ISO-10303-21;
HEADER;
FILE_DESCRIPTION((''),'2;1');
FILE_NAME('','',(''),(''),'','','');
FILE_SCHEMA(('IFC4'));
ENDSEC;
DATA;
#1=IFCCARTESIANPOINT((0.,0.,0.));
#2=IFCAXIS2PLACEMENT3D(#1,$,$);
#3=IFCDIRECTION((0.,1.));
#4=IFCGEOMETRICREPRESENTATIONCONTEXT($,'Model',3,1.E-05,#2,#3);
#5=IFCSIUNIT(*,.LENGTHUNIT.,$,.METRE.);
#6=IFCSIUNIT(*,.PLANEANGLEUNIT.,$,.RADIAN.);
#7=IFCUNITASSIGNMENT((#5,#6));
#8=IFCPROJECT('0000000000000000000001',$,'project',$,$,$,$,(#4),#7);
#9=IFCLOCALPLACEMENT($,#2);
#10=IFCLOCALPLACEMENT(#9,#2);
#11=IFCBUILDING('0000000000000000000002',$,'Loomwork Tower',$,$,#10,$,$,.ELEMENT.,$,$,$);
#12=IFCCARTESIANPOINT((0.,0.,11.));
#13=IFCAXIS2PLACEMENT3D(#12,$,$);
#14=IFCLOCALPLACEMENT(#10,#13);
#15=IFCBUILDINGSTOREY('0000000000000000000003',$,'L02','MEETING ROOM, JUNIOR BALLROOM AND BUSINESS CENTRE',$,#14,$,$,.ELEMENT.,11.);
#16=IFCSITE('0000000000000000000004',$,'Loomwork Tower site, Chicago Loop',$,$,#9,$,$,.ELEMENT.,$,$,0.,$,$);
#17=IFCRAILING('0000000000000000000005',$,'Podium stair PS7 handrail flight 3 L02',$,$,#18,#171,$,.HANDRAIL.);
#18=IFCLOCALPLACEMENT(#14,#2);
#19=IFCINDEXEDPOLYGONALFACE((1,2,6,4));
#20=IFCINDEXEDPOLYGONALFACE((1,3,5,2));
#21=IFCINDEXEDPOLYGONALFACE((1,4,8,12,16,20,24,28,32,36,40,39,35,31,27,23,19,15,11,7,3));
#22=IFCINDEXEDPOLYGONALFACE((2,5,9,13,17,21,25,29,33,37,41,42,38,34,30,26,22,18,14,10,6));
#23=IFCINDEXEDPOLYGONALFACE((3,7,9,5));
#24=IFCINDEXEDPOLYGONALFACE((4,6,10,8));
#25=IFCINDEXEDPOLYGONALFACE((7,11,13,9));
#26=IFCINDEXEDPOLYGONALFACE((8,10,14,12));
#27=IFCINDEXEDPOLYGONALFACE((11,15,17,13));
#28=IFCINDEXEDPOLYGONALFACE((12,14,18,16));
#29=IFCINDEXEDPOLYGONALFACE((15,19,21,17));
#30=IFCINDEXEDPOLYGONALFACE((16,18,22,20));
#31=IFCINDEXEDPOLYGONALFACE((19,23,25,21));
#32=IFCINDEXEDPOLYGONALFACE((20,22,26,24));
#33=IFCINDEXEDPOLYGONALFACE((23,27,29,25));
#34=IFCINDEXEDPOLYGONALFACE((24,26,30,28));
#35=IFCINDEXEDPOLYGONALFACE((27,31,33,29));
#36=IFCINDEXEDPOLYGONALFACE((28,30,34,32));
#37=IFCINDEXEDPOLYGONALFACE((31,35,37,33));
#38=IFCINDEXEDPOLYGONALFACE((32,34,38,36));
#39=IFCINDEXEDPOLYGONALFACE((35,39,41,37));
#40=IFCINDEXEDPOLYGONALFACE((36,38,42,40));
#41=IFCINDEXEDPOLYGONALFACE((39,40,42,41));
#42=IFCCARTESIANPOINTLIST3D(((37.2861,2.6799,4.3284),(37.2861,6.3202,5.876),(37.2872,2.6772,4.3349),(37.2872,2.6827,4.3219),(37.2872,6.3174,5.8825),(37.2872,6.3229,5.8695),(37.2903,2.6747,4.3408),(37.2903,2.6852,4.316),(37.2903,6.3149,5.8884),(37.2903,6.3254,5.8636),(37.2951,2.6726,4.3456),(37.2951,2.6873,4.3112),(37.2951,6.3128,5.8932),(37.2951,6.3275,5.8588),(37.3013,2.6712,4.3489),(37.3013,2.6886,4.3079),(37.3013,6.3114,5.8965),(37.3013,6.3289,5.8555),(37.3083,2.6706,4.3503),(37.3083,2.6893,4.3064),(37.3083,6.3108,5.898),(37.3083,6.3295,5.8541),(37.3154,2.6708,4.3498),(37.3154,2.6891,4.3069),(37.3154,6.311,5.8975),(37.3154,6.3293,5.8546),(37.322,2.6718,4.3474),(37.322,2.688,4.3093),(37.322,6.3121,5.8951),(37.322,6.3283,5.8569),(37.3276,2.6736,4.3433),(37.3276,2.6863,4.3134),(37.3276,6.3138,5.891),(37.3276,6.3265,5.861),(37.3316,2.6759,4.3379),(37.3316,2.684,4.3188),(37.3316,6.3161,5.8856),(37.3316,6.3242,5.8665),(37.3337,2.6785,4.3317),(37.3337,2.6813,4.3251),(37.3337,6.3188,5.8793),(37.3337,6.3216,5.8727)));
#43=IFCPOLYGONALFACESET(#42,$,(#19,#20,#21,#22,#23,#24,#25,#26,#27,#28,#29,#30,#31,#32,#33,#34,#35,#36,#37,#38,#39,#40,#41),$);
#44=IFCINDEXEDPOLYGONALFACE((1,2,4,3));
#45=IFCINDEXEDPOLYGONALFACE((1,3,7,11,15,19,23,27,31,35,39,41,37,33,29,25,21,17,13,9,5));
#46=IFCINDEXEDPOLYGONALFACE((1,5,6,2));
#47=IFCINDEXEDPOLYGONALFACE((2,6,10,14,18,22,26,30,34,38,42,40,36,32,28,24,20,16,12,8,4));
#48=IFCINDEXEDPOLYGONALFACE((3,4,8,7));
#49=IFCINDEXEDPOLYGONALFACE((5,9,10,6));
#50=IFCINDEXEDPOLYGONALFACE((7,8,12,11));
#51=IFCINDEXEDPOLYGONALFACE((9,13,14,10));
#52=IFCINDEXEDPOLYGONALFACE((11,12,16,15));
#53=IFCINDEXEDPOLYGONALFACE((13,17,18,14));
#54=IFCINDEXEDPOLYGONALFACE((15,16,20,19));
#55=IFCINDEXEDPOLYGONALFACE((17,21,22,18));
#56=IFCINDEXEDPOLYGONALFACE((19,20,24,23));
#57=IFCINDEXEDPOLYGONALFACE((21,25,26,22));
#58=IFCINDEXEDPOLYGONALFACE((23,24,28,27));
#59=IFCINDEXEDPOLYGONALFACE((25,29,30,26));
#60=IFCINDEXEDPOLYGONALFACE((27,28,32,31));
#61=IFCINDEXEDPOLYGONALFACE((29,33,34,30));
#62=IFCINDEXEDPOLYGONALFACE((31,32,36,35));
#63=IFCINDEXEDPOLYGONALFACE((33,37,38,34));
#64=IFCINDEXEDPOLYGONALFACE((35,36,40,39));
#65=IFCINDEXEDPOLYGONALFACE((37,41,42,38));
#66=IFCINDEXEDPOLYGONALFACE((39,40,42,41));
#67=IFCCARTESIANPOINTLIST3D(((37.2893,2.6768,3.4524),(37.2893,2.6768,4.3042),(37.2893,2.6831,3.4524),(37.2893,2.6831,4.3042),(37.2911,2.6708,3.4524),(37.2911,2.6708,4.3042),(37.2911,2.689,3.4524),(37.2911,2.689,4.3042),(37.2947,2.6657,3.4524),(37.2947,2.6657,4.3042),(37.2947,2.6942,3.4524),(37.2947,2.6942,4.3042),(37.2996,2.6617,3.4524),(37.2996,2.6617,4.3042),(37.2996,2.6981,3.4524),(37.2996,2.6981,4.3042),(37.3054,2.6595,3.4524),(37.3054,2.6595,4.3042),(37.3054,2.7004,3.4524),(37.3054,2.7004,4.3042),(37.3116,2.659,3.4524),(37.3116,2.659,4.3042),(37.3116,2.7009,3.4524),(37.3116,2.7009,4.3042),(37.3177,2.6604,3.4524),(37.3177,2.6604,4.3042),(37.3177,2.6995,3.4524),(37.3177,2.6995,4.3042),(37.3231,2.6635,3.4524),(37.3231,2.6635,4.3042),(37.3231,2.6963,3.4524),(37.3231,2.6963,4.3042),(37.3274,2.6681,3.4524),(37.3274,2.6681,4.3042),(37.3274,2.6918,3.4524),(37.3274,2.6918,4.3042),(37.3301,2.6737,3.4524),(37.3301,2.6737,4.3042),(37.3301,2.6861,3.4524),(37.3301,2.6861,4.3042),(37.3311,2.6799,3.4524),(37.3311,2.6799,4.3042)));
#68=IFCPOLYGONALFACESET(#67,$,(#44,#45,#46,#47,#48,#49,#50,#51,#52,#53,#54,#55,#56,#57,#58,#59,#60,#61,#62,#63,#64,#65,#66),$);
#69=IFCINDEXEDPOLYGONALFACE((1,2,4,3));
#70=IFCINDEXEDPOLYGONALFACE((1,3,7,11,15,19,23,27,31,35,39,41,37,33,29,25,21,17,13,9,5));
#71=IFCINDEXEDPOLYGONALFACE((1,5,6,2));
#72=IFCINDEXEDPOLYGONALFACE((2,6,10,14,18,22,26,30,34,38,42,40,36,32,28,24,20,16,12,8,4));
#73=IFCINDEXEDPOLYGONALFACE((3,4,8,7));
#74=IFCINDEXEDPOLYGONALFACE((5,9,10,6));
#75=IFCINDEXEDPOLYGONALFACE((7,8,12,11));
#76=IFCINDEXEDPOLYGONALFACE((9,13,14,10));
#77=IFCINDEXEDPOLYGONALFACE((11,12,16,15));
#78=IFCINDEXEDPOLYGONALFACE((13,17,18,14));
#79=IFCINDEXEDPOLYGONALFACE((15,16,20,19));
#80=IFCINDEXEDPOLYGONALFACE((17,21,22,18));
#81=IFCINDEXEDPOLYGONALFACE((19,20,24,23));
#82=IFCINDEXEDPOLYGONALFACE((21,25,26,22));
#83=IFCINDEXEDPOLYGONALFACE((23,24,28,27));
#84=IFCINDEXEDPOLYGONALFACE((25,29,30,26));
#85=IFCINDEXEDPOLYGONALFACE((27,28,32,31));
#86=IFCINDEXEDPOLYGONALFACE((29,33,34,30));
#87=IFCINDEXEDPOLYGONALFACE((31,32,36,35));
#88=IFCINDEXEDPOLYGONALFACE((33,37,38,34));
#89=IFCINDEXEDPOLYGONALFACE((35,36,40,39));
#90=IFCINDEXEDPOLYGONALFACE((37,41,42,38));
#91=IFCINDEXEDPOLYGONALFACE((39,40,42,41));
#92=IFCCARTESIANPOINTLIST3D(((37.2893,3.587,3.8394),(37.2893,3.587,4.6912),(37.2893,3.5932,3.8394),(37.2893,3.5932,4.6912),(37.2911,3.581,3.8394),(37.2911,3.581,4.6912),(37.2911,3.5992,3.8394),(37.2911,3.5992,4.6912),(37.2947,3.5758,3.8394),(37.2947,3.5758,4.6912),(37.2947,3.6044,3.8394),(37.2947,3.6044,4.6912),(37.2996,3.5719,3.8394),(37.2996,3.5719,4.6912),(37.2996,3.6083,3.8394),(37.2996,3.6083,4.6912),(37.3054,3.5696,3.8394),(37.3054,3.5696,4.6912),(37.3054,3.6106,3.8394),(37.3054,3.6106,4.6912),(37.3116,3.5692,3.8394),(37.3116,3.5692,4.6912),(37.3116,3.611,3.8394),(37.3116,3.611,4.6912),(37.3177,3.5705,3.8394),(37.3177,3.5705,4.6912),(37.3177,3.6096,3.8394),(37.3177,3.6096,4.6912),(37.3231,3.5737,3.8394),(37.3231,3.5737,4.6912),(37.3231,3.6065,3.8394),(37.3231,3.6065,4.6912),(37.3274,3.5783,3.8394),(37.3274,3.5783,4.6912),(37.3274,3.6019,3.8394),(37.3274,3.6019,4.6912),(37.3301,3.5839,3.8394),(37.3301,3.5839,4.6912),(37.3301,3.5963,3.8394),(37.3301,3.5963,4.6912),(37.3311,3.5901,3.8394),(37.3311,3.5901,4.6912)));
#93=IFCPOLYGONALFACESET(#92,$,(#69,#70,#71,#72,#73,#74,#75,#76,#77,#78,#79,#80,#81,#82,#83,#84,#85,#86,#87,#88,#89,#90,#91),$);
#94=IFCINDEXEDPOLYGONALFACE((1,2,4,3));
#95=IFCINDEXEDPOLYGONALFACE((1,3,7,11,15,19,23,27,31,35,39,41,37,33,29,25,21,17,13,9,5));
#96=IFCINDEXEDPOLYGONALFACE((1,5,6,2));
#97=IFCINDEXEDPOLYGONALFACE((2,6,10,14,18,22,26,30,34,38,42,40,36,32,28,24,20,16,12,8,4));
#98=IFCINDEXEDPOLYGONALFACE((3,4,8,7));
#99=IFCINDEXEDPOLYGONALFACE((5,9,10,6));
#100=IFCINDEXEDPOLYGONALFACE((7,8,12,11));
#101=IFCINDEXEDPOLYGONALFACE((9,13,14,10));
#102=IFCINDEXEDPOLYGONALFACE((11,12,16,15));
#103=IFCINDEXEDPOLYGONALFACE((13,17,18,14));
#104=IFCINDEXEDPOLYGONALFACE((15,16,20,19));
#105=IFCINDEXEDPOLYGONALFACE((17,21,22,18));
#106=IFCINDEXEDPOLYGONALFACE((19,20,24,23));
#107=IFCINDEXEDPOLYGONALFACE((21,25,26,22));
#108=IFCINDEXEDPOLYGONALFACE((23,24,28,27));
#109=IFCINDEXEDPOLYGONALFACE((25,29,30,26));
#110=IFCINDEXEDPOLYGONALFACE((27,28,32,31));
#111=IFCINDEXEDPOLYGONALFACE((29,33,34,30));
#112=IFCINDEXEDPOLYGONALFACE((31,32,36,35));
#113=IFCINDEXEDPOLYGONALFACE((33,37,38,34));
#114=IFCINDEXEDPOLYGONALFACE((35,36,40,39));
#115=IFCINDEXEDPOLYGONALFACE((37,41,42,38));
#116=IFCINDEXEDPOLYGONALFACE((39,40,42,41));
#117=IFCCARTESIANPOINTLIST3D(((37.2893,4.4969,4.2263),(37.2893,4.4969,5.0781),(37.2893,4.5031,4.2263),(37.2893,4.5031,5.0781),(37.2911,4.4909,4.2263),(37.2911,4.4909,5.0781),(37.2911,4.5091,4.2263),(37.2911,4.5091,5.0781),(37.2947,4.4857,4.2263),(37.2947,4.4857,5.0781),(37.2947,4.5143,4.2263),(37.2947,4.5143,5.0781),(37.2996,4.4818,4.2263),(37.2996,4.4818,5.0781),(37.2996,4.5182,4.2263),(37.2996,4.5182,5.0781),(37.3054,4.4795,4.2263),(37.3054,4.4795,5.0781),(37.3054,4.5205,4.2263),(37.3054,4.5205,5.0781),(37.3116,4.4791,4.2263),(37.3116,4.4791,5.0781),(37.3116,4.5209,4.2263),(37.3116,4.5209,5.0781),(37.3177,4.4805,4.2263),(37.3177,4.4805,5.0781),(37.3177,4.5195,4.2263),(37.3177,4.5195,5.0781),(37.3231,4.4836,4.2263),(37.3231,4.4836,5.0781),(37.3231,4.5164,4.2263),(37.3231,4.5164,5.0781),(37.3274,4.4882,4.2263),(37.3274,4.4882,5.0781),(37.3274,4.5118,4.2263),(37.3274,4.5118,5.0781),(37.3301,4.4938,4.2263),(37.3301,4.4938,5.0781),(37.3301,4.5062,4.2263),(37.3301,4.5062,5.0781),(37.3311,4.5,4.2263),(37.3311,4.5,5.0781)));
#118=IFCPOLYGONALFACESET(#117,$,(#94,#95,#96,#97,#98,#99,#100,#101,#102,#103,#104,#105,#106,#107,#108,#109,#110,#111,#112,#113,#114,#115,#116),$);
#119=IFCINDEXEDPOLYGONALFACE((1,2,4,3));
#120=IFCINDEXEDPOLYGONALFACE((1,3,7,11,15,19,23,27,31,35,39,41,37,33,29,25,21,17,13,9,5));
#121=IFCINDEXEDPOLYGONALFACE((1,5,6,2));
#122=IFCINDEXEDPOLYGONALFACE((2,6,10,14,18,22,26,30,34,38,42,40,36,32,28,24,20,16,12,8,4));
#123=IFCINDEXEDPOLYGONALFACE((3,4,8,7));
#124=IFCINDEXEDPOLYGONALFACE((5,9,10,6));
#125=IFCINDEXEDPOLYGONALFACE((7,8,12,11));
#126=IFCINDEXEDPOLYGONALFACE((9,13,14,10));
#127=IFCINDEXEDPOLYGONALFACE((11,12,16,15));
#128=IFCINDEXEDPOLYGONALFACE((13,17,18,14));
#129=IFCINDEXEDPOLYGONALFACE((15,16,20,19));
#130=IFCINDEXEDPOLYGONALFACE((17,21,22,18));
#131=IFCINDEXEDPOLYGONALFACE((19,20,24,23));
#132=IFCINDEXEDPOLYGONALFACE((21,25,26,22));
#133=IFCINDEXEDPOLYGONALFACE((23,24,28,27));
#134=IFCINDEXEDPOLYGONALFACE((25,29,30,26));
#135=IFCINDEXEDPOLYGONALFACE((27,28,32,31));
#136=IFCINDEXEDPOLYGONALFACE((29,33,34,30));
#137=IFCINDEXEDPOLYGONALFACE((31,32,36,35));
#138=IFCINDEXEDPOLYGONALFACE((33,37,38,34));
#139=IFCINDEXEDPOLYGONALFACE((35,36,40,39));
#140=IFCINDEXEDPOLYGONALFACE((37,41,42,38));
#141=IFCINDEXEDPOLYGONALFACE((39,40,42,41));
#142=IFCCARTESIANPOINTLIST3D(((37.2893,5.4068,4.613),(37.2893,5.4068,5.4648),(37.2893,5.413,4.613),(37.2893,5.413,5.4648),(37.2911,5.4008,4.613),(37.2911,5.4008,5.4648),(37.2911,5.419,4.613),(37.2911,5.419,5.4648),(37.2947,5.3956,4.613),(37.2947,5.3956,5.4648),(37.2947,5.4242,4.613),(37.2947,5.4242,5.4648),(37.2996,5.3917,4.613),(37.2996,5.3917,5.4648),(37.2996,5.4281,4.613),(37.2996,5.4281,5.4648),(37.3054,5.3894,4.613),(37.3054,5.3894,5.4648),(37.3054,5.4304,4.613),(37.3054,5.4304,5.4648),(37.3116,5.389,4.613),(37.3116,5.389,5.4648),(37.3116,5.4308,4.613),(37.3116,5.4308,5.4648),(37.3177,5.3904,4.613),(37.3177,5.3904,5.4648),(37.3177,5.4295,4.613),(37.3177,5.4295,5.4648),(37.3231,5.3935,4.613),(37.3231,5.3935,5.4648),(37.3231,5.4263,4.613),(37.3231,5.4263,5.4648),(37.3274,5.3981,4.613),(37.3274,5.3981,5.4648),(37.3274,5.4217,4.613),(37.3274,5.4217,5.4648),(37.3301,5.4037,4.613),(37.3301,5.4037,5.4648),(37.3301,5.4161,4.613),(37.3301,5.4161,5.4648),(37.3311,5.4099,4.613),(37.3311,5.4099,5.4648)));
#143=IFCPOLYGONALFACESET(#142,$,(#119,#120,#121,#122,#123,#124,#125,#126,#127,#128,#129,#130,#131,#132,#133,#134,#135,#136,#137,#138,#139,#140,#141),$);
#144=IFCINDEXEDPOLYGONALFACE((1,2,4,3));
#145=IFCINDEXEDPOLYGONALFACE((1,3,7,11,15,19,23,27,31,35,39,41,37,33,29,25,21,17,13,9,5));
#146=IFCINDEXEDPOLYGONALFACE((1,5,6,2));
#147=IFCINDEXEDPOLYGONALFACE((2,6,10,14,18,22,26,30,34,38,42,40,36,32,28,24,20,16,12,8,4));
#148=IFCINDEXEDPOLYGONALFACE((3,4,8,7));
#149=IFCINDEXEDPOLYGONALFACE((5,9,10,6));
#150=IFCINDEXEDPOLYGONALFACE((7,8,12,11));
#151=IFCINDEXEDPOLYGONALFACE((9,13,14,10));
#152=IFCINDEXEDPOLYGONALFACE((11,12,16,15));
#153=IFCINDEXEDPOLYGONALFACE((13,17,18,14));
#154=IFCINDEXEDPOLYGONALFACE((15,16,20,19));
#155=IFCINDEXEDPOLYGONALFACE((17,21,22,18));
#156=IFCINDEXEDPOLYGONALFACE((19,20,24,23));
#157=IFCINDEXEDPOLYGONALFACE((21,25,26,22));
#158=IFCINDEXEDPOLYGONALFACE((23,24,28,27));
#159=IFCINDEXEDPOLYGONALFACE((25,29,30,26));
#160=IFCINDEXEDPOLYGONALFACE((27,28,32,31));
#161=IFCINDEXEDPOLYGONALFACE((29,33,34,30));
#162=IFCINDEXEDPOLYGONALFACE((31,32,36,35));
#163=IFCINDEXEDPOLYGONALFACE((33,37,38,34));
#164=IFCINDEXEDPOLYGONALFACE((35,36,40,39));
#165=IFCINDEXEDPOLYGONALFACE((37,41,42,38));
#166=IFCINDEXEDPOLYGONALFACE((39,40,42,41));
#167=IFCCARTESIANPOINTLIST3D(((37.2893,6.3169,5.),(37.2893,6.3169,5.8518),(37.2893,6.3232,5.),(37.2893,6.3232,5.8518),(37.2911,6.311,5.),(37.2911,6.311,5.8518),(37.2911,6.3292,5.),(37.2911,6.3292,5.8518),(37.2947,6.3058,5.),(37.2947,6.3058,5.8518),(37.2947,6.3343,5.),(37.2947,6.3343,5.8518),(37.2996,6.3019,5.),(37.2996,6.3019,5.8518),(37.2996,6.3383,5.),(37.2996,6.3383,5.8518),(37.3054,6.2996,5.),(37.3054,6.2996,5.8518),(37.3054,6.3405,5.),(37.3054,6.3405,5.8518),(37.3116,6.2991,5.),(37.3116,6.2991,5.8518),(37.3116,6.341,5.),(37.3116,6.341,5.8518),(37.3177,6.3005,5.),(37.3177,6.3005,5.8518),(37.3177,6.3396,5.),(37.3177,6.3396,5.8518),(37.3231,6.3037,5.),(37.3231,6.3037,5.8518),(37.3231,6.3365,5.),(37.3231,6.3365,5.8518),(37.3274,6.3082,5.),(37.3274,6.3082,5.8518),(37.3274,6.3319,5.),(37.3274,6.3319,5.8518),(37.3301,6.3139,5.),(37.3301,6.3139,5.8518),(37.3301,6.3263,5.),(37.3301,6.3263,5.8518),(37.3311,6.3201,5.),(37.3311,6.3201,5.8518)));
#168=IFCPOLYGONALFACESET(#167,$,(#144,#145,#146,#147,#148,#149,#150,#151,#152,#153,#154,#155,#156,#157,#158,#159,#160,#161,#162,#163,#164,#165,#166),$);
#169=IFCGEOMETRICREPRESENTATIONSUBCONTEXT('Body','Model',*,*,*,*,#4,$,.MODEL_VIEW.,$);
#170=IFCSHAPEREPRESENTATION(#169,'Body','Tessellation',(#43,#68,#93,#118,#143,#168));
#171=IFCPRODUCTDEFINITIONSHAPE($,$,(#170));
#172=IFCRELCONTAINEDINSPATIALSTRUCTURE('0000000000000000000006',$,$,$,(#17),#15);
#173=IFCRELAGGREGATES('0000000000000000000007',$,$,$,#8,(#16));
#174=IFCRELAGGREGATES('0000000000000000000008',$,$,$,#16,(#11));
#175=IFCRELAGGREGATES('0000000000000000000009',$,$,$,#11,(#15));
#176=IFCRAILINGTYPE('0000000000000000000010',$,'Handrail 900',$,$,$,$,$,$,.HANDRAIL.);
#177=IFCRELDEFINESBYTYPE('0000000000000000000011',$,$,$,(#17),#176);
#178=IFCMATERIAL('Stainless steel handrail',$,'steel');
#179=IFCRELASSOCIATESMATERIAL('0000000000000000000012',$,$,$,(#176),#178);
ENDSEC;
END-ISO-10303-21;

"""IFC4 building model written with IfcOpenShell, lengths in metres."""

from ifc_helpers import new_model, si_unit, direction, frame, origin, origin_2d, place, context, subcontext, project, spatial, circle, extrude, material, type_object, element, save


model = new_model("IFC4")

# Units and contexts
model_context = context("Model", 3, precision=1e-05, world=origin(), true_north=direction((0.0, 1.0)))
body_context = subcontext(model_context, "Body", "Model", "MODEL_VIEW")
ifc_project = project(units=[si_unit("LENGTHUNIT", "METRE"), si_unit("PLANEANGLEUNIT", "RADIAN")], contexts=[model_context])

# Site, building, storey
site_placement = place(None, origin())
site = spatial("IfcSite", under=ifc_project, at=site_placement, Name="Loomwork Tower site, Chicago Loop", CompositionType="ELEMENT", RefElevation=0.0)
building_placement = place(site_placement, origin())
building = spatial("IfcBuilding", under=site, at=building_placement, Name="Loomwork Tower", CompositionType="ELEMENT")
storey_placement = place(building_placement, frame((0.0, 0.0, 11.0)))
storey = spatial("IfcBuildingStorey", under=building, at=storey_placement, Name="L02", Description="MEETING ROOM, JUNIOR BALLROOM AND BUSINESS CENTRE", CompositionType="ELEMENT", Elevation=11.0)

# Railing
ifc_material_1 = material(Name="Stainless steel handrail", Category="steel")
railing_type = type_object("IfcRailingType", Name="Handrail 900", PredefinedType="HANDRAIL", material=ifc_material_1)
railing_1_placement = place(storey_placement, frame((37.3101, 2.6799, 3.4524)))
element("IfcRailing", 1, at=railing_1_placement, inside=storey, type_object=railing_type, Name="Podium stair PS7 handrail flight 3 L02", PredefinedType="HANDRAIL", context=body_context, shape_type="SweptSolid", body=[
    extrude(circle(Radius=0.0239, at=origin_2d()), frame((0.0, 0.0, 0.876), z_axis=(0.0, 0.920281, 0.391258), x_axis=(-1.0, 0.0, 0.0)), (0.0, 0.0, 1.0), 3.9556),
    extrude(circle(Radius=0.021, at=origin_2d()), origin(), (0.0, 0.0, 1.0), 0.8518),
    extrude(circle(Radius=0.021, at=origin_2d()), frame((0.0, 0.9102, 0.387)), (0.0, 0.0, 1.0), 0.8518),
    extrude(circle(Radius=0.021, at=origin_2d()), frame((0.0, 1.8201, 0.7739)), (0.0, 0.0, 1.0), 0.8518),
    extrude(circle(Radius=0.021, at=origin_2d()), frame((0.0, 2.73, 1.1606)), (0.0, 0.0, 1.0), 0.8518),
    extrude(circle(Radius=0.021, at=origin_2d()), frame((0.0, 3.6401, 1.5476)), (0.0, 0.0, 1.0), 0.8518),
])

save(model, "model.ifc")
